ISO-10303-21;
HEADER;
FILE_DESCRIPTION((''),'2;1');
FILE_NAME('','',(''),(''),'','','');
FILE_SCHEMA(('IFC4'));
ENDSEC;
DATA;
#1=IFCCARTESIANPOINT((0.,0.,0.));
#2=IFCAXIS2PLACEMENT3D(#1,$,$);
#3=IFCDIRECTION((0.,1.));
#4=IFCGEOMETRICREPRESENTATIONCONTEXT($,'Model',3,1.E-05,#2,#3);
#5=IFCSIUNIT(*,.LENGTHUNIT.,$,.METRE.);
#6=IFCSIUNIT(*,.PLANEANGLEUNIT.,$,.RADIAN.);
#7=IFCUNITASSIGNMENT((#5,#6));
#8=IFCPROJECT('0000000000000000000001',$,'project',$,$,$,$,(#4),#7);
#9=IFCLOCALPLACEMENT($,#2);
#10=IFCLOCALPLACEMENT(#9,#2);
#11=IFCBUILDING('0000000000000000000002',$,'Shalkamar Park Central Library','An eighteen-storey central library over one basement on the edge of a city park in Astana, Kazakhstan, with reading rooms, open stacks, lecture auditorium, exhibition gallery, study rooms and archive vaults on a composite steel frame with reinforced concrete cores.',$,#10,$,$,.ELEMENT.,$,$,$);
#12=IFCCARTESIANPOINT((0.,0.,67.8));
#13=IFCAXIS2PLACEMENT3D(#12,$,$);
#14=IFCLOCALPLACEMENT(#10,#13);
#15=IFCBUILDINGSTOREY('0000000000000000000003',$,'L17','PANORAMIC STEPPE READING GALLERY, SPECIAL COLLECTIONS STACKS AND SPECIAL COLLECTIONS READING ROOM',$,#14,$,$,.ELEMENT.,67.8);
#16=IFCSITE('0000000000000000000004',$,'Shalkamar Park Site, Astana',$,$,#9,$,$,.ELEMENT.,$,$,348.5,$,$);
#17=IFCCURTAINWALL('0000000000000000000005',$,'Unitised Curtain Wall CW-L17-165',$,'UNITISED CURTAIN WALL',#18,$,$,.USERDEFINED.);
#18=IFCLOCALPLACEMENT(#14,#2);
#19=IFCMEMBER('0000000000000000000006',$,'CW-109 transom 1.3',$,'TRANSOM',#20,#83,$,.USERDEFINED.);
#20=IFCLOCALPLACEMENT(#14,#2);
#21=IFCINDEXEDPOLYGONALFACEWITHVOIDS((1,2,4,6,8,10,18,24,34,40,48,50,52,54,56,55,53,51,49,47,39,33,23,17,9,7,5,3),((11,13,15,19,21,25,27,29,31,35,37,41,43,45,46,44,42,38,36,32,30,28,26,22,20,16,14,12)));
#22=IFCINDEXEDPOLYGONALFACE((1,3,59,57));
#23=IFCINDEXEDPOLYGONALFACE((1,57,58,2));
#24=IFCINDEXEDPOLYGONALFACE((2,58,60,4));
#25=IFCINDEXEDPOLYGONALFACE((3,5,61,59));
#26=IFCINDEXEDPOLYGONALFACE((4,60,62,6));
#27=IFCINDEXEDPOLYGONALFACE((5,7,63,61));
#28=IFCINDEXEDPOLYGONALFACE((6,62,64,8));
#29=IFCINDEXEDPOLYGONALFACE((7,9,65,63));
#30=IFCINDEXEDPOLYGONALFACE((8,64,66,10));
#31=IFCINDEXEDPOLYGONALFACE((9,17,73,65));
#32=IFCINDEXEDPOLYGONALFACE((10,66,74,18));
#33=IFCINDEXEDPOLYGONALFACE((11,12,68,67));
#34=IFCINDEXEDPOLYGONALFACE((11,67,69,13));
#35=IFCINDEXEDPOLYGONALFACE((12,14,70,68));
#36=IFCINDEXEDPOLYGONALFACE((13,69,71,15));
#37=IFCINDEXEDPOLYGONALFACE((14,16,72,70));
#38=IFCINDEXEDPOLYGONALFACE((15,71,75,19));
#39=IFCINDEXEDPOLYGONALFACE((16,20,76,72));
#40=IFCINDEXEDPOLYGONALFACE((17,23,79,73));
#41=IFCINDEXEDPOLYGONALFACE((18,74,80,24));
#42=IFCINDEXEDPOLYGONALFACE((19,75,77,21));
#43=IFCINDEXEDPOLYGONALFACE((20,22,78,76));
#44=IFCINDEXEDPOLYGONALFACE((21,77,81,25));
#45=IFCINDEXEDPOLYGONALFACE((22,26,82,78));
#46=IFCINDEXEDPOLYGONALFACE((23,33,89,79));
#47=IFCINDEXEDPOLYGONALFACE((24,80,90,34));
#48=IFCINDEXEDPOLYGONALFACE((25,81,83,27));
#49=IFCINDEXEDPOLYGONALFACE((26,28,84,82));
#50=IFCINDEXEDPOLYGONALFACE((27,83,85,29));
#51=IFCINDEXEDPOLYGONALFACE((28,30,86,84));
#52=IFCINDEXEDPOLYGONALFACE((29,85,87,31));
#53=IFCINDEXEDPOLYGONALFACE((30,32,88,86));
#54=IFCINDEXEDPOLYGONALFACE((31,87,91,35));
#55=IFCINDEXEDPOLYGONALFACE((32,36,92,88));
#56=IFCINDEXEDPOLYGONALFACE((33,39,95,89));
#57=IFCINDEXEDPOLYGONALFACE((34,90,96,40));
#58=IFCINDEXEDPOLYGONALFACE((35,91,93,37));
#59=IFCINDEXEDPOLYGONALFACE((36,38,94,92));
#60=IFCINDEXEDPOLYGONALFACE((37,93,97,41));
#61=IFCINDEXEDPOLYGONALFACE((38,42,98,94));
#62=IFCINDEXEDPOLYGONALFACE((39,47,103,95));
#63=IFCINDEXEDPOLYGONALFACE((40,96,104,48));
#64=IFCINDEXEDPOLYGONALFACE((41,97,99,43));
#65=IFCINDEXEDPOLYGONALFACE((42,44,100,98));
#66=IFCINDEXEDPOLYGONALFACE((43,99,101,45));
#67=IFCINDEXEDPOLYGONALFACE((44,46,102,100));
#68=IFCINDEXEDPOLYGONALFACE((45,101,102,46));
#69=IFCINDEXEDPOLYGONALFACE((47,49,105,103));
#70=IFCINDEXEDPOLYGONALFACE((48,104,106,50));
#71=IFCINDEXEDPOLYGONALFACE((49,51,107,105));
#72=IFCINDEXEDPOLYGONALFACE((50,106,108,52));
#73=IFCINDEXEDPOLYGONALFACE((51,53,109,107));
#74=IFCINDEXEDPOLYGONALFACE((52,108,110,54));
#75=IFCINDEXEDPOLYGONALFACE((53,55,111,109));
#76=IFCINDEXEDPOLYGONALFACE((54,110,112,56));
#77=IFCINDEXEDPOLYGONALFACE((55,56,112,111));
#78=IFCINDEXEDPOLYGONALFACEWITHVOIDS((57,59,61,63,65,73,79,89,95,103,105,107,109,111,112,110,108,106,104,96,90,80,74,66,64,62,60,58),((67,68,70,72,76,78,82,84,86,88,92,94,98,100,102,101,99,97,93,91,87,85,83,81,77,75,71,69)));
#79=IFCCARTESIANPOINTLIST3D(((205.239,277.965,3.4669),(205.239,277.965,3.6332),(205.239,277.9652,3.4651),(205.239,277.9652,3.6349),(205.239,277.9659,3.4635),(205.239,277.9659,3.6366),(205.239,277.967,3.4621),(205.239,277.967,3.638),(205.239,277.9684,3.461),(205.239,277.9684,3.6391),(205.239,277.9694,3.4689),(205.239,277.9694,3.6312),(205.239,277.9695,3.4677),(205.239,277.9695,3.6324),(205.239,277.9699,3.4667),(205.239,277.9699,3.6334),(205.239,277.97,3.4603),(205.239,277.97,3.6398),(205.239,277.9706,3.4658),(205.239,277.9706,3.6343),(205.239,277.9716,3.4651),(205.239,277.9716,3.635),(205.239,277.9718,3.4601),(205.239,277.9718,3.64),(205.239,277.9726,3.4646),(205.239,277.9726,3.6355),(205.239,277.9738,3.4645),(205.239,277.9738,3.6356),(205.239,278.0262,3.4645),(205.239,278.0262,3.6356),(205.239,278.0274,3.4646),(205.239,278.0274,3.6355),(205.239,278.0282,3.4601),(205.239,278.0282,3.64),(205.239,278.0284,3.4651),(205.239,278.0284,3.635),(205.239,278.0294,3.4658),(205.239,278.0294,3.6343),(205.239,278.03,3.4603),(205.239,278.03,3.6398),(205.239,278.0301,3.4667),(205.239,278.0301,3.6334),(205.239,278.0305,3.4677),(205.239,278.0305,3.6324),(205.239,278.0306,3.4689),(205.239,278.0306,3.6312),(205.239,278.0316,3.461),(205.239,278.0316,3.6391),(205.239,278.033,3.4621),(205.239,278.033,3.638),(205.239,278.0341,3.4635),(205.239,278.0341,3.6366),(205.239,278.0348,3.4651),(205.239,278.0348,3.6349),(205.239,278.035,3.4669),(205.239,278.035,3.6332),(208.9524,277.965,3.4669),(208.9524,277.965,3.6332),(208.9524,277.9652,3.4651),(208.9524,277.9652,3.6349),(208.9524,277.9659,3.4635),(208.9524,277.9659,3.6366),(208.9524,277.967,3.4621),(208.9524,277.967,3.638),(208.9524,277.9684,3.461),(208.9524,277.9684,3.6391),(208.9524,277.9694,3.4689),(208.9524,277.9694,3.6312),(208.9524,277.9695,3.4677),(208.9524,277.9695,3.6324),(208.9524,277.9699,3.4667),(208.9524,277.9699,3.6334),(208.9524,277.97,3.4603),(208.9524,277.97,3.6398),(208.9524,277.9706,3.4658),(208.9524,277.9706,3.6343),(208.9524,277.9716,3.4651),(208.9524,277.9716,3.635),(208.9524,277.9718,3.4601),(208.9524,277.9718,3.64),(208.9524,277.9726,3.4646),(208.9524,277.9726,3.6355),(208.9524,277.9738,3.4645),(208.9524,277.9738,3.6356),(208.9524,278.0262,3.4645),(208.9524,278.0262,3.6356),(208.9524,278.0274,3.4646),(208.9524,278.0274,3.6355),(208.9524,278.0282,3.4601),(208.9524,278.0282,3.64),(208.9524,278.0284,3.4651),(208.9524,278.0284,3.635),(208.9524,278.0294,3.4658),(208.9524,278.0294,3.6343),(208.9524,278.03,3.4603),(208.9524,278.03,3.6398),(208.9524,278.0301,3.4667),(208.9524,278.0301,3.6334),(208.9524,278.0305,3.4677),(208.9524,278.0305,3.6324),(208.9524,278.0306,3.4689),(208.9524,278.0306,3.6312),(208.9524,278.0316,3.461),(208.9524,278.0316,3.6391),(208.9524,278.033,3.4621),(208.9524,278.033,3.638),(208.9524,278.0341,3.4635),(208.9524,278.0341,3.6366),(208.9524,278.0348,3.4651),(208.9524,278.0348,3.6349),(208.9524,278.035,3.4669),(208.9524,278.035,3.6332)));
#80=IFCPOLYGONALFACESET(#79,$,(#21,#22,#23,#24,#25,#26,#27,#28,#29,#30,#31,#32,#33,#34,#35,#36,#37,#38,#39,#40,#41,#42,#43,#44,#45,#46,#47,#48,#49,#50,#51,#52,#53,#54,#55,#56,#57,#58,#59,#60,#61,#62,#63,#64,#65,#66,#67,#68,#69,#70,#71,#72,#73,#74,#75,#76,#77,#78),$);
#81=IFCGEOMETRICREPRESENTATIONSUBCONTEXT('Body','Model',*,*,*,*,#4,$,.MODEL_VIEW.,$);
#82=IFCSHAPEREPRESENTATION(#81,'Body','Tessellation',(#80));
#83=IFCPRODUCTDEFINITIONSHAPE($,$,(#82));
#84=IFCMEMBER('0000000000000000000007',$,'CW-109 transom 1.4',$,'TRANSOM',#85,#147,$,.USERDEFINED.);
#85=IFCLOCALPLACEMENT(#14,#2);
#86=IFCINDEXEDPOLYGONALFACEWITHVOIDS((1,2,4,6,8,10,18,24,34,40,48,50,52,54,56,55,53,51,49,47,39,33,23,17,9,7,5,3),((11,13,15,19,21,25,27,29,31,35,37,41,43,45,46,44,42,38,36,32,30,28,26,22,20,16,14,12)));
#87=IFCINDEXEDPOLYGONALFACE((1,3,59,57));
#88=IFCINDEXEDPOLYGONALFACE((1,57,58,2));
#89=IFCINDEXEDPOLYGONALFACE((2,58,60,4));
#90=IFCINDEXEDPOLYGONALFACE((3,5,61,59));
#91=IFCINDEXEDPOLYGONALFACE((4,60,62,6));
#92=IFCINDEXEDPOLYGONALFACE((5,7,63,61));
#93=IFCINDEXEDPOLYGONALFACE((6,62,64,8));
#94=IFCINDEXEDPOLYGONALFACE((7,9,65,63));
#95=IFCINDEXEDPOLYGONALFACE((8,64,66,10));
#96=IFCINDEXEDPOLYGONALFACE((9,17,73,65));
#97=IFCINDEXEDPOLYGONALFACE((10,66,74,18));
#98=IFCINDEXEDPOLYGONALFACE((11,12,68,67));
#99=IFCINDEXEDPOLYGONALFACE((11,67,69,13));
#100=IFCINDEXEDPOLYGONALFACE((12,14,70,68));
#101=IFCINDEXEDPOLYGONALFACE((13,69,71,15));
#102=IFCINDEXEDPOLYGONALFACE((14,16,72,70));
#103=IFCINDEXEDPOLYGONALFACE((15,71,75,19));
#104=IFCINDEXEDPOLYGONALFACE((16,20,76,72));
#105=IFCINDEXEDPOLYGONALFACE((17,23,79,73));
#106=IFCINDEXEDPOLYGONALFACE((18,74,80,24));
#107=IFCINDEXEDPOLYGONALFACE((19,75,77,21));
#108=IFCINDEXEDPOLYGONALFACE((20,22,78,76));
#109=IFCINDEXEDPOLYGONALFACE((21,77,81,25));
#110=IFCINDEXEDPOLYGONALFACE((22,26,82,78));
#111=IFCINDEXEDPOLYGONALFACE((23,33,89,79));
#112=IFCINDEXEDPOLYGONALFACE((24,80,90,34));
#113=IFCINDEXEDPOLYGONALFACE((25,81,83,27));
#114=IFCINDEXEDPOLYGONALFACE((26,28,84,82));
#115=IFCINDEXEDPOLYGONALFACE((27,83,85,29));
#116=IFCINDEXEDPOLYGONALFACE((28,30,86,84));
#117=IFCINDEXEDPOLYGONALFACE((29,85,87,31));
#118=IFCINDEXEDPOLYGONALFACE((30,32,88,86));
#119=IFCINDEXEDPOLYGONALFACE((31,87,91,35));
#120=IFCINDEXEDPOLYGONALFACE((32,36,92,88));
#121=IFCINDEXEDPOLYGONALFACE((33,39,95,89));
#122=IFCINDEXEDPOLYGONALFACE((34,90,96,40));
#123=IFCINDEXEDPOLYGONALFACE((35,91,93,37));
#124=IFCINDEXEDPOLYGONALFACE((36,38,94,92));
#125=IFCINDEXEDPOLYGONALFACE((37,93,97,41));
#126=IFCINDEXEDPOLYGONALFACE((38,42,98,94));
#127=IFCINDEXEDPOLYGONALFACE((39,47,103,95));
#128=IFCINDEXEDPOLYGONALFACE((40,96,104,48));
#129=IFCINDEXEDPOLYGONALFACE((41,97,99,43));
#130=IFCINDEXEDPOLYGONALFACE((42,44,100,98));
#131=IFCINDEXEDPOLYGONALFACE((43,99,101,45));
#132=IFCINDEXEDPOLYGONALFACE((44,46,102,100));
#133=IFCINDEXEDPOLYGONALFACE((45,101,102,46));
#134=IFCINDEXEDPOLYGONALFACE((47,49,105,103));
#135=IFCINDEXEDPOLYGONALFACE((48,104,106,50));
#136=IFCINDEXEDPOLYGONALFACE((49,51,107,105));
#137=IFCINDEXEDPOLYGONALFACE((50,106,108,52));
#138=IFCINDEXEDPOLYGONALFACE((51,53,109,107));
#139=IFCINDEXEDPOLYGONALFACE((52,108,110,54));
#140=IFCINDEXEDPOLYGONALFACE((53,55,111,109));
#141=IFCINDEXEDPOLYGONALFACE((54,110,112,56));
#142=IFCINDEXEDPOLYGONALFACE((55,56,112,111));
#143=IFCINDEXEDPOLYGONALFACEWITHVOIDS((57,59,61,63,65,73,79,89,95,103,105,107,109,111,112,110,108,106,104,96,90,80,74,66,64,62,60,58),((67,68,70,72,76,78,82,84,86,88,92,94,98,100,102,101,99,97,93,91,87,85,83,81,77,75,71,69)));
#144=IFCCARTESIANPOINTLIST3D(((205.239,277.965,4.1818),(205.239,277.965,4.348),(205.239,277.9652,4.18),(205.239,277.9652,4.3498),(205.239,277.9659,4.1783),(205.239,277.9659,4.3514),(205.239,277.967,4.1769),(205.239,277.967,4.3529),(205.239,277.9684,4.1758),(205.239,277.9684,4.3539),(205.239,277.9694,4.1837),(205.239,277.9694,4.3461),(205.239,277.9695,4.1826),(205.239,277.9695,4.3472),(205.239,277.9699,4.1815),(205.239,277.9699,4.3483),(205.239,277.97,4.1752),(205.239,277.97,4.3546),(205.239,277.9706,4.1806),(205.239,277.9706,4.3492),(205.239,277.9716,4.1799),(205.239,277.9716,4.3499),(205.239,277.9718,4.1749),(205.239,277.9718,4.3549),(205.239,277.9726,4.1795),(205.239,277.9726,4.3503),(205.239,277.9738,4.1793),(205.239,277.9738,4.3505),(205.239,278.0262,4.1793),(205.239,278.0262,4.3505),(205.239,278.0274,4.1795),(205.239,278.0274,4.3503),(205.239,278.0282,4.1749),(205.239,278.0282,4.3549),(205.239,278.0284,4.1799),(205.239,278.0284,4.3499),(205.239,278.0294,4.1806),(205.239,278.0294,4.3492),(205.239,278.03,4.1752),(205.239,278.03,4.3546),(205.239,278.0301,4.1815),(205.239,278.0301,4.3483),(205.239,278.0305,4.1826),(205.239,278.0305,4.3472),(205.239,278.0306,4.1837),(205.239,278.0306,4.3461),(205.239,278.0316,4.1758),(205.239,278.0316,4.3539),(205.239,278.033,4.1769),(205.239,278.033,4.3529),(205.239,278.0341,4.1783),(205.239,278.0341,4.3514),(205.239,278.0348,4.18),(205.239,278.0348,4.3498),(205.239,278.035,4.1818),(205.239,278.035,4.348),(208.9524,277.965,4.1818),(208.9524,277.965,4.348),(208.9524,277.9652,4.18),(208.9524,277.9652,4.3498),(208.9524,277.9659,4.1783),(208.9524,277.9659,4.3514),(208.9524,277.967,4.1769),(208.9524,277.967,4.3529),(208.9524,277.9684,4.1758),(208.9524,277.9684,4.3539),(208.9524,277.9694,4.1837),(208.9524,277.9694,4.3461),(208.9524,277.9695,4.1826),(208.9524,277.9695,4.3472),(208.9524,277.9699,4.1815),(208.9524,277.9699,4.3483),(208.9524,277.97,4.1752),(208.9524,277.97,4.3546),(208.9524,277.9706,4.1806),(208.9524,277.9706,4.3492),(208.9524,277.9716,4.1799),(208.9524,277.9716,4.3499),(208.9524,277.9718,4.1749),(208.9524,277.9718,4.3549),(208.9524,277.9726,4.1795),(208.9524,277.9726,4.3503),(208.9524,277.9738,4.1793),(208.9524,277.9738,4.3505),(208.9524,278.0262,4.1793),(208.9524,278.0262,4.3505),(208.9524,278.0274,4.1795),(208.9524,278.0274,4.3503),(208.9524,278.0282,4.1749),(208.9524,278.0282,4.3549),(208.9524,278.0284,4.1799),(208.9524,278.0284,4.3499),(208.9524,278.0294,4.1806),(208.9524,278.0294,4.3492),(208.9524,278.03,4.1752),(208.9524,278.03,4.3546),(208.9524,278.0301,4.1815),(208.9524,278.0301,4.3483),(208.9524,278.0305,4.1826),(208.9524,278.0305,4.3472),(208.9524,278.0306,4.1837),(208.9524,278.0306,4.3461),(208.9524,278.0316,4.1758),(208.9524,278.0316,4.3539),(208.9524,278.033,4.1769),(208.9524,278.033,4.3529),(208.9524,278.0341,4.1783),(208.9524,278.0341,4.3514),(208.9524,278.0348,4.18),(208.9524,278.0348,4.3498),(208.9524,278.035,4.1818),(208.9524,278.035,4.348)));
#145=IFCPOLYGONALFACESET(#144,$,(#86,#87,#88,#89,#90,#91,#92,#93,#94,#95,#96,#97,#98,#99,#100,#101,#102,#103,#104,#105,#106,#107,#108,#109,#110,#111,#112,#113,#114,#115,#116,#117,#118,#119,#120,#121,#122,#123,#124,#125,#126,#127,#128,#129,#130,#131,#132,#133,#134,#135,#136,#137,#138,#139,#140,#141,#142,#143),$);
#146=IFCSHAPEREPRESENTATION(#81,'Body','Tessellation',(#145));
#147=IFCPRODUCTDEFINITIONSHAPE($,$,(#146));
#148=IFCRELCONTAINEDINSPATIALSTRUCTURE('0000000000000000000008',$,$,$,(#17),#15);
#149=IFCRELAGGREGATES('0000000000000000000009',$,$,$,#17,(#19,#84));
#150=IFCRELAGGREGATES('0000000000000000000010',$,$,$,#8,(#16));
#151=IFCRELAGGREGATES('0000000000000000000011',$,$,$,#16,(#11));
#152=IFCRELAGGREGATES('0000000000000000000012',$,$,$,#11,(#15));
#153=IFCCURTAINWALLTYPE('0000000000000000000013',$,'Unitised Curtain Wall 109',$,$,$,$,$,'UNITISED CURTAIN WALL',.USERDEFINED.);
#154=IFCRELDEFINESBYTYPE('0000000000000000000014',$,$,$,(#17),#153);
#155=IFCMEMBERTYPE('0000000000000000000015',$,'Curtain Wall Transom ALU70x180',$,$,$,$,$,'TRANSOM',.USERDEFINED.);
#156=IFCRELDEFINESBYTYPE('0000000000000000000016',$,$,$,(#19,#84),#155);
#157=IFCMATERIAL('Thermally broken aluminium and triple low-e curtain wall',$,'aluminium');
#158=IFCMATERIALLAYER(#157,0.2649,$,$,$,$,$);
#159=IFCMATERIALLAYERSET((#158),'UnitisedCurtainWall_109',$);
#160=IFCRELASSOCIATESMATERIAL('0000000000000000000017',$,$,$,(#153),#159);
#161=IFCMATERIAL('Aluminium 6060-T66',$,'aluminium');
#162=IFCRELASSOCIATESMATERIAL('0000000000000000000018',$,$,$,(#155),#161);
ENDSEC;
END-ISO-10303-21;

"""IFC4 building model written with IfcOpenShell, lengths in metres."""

from ifc_helpers import new_model, si_unit, direction, frame, origin, origin_2d, place, context, subcontext, project, spatial, hollow_rectangle, extrude, material, layer, layer_set, material_profile, profile_set, type_object, element, aggregate, save


model = new_model("IFC4")

# Units and contexts
model_context = context("Model", 3, precision=1e-05, world=origin(), true_north=direction((0.0, 1.0)))
body_context = subcontext(model_context, "Body", "Model", "MODEL_VIEW")
ifc_project = project(units=[si_unit("LENGTHUNIT", "METRE"), si_unit("PLANEANGLEUNIT", "RADIAN")], contexts=[model_context])

# Site, building, storey
site_placement = place(None, origin())
site = spatial("IfcSite", under=ifc_project, at=site_placement, Name="Shalkamar Park Site, Astana", CompositionType="ELEMENT", RefElevation=348.5)
building_placement = place(site_placement, origin())
building = spatial("IfcBuilding", under=site, at=building_placement, Name="Shalkamar Park Central Library", Description="An eighteen-storey central library over one basement on the edge of a city park in Astana, Kazakhstan, with reading rooms, open stacks, lecture auditorium, exhibition gallery, study rooms and archive vaults on a composite steel frame with reinforced concrete cores.", CompositionType="ELEMENT")
storey_placement = place(building_placement, frame((0.0, 0.0, 67.8)))
storey = spatial("IfcBuildingStorey", under=building, at=storey_placement, Name="L17", Description="PANORAMIC STEPPE READING GALLERY, SPECIAL COLLECTIONS STACKS AND SPECIAL COLLECTIONS READING ROOM", CompositionType="ELEMENT", Elevation=67.8)

# Shared definitions
ifc_material_1 = material(Name="Thermally broken aluminium and triple low-e curtain wall", Category="aluminium")
ifc_material_2 = material(Name="Aluminium 6060-T66", Category="aluminium")

# Curtain wall, members
ifc_layer_1 = layer(ifc_material_1, 0.2649)
ifc_layer_set_1 = layer_set([ifc_layer_1], Name="UnitisedCurtainWall_109")
curtain_wall_type_1 = type_object("IfcCurtainWallType", Name="Unitised Curtain Wall 109", ElementType="UNITISED CURTAIN WALL", PredefinedType="USERDEFINED", material=ifc_layer_set_1)
curtain_wall_1_placement = place(storey_placement, origin())
curtain_wall_1 = element("IfcCurtainWall", 1, at=curtain_wall_1_placement, inside=storey, type_object=curtain_wall_type_1, Name="Unitised Curtain Wall CW-L17-165", ObjectType="UNITISED CURTAIN WALL", PredefinedType="USERDEFINED")
ifc_material_profile_1 = material_profile(ifc_material_2, hollow_rectangle(XDim=0.0701, YDim=0.1799, WallThickness=0.0044, InnerFilletRadius=0.0044, OuterFilletRadius=0.0068, at=origin_2d()), Name="ALU 70x180x4.5")
ifc_profile_set_1 = profile_set([ifc_material_profile_1], Name="Aluminium 6060-T66")
member_type_1 = type_object("IfcMemberType", Name="Curtain Wall Transom ALU70x180", ElementType="TRANSOM", PredefinedType="USERDEFINED", material=ifc_profile_set_1)
member_1_placement = place(storey_placement, frame((205.239, 278.0, 3.55), z_axis=(1.0, 0.0, 0.0), x_axis=(0.0, 1.0, 0.0)))
member_1 = element("IfcMember", 2, at=member_1_placement, type_object=member_type_1, Name="CW-109 transom 1.3", ObjectType="TRANSOM", PredefinedType="USERDEFINED", context=body_context, shape_type="SweptSolid", body=[
    extrude(hollow_rectangle(XDim=0.0701, YDim=0.1799, WallThickness=0.0044, InnerFilletRadius=0.0044, OuterFilletRadius=0.0068, at=origin_2d()), origin(), (0.0, 0.0, 1.0), 3.7134),
])
member_2_placement = place(storey_placement, frame((205.239, 278.0, 4.2649), z_axis=(1.0, 0.0, 0.0), x_axis=(0.0, 1.0, 0.0)))
member_2 = element("IfcMember", 3, at=member_2_placement, type_object=member_type_1, Name="CW-109 transom 1.4", ObjectType="TRANSOM", PredefinedType="USERDEFINED", context=body_context, shape_type="SweptSolid", body=[
    extrude(hollow_rectangle(XDim=0.0701, YDim=0.1799, WallThickness=0.0044, InnerFilletRadius=0.0044, OuterFilletRadius=0.0068, at=origin_2d()), origin(), (0.0, 0.0, 1.0), 3.7134),
])

aggregate(curtain_wall_1, [member_1, member_2])

save(model, "model.ifc")
